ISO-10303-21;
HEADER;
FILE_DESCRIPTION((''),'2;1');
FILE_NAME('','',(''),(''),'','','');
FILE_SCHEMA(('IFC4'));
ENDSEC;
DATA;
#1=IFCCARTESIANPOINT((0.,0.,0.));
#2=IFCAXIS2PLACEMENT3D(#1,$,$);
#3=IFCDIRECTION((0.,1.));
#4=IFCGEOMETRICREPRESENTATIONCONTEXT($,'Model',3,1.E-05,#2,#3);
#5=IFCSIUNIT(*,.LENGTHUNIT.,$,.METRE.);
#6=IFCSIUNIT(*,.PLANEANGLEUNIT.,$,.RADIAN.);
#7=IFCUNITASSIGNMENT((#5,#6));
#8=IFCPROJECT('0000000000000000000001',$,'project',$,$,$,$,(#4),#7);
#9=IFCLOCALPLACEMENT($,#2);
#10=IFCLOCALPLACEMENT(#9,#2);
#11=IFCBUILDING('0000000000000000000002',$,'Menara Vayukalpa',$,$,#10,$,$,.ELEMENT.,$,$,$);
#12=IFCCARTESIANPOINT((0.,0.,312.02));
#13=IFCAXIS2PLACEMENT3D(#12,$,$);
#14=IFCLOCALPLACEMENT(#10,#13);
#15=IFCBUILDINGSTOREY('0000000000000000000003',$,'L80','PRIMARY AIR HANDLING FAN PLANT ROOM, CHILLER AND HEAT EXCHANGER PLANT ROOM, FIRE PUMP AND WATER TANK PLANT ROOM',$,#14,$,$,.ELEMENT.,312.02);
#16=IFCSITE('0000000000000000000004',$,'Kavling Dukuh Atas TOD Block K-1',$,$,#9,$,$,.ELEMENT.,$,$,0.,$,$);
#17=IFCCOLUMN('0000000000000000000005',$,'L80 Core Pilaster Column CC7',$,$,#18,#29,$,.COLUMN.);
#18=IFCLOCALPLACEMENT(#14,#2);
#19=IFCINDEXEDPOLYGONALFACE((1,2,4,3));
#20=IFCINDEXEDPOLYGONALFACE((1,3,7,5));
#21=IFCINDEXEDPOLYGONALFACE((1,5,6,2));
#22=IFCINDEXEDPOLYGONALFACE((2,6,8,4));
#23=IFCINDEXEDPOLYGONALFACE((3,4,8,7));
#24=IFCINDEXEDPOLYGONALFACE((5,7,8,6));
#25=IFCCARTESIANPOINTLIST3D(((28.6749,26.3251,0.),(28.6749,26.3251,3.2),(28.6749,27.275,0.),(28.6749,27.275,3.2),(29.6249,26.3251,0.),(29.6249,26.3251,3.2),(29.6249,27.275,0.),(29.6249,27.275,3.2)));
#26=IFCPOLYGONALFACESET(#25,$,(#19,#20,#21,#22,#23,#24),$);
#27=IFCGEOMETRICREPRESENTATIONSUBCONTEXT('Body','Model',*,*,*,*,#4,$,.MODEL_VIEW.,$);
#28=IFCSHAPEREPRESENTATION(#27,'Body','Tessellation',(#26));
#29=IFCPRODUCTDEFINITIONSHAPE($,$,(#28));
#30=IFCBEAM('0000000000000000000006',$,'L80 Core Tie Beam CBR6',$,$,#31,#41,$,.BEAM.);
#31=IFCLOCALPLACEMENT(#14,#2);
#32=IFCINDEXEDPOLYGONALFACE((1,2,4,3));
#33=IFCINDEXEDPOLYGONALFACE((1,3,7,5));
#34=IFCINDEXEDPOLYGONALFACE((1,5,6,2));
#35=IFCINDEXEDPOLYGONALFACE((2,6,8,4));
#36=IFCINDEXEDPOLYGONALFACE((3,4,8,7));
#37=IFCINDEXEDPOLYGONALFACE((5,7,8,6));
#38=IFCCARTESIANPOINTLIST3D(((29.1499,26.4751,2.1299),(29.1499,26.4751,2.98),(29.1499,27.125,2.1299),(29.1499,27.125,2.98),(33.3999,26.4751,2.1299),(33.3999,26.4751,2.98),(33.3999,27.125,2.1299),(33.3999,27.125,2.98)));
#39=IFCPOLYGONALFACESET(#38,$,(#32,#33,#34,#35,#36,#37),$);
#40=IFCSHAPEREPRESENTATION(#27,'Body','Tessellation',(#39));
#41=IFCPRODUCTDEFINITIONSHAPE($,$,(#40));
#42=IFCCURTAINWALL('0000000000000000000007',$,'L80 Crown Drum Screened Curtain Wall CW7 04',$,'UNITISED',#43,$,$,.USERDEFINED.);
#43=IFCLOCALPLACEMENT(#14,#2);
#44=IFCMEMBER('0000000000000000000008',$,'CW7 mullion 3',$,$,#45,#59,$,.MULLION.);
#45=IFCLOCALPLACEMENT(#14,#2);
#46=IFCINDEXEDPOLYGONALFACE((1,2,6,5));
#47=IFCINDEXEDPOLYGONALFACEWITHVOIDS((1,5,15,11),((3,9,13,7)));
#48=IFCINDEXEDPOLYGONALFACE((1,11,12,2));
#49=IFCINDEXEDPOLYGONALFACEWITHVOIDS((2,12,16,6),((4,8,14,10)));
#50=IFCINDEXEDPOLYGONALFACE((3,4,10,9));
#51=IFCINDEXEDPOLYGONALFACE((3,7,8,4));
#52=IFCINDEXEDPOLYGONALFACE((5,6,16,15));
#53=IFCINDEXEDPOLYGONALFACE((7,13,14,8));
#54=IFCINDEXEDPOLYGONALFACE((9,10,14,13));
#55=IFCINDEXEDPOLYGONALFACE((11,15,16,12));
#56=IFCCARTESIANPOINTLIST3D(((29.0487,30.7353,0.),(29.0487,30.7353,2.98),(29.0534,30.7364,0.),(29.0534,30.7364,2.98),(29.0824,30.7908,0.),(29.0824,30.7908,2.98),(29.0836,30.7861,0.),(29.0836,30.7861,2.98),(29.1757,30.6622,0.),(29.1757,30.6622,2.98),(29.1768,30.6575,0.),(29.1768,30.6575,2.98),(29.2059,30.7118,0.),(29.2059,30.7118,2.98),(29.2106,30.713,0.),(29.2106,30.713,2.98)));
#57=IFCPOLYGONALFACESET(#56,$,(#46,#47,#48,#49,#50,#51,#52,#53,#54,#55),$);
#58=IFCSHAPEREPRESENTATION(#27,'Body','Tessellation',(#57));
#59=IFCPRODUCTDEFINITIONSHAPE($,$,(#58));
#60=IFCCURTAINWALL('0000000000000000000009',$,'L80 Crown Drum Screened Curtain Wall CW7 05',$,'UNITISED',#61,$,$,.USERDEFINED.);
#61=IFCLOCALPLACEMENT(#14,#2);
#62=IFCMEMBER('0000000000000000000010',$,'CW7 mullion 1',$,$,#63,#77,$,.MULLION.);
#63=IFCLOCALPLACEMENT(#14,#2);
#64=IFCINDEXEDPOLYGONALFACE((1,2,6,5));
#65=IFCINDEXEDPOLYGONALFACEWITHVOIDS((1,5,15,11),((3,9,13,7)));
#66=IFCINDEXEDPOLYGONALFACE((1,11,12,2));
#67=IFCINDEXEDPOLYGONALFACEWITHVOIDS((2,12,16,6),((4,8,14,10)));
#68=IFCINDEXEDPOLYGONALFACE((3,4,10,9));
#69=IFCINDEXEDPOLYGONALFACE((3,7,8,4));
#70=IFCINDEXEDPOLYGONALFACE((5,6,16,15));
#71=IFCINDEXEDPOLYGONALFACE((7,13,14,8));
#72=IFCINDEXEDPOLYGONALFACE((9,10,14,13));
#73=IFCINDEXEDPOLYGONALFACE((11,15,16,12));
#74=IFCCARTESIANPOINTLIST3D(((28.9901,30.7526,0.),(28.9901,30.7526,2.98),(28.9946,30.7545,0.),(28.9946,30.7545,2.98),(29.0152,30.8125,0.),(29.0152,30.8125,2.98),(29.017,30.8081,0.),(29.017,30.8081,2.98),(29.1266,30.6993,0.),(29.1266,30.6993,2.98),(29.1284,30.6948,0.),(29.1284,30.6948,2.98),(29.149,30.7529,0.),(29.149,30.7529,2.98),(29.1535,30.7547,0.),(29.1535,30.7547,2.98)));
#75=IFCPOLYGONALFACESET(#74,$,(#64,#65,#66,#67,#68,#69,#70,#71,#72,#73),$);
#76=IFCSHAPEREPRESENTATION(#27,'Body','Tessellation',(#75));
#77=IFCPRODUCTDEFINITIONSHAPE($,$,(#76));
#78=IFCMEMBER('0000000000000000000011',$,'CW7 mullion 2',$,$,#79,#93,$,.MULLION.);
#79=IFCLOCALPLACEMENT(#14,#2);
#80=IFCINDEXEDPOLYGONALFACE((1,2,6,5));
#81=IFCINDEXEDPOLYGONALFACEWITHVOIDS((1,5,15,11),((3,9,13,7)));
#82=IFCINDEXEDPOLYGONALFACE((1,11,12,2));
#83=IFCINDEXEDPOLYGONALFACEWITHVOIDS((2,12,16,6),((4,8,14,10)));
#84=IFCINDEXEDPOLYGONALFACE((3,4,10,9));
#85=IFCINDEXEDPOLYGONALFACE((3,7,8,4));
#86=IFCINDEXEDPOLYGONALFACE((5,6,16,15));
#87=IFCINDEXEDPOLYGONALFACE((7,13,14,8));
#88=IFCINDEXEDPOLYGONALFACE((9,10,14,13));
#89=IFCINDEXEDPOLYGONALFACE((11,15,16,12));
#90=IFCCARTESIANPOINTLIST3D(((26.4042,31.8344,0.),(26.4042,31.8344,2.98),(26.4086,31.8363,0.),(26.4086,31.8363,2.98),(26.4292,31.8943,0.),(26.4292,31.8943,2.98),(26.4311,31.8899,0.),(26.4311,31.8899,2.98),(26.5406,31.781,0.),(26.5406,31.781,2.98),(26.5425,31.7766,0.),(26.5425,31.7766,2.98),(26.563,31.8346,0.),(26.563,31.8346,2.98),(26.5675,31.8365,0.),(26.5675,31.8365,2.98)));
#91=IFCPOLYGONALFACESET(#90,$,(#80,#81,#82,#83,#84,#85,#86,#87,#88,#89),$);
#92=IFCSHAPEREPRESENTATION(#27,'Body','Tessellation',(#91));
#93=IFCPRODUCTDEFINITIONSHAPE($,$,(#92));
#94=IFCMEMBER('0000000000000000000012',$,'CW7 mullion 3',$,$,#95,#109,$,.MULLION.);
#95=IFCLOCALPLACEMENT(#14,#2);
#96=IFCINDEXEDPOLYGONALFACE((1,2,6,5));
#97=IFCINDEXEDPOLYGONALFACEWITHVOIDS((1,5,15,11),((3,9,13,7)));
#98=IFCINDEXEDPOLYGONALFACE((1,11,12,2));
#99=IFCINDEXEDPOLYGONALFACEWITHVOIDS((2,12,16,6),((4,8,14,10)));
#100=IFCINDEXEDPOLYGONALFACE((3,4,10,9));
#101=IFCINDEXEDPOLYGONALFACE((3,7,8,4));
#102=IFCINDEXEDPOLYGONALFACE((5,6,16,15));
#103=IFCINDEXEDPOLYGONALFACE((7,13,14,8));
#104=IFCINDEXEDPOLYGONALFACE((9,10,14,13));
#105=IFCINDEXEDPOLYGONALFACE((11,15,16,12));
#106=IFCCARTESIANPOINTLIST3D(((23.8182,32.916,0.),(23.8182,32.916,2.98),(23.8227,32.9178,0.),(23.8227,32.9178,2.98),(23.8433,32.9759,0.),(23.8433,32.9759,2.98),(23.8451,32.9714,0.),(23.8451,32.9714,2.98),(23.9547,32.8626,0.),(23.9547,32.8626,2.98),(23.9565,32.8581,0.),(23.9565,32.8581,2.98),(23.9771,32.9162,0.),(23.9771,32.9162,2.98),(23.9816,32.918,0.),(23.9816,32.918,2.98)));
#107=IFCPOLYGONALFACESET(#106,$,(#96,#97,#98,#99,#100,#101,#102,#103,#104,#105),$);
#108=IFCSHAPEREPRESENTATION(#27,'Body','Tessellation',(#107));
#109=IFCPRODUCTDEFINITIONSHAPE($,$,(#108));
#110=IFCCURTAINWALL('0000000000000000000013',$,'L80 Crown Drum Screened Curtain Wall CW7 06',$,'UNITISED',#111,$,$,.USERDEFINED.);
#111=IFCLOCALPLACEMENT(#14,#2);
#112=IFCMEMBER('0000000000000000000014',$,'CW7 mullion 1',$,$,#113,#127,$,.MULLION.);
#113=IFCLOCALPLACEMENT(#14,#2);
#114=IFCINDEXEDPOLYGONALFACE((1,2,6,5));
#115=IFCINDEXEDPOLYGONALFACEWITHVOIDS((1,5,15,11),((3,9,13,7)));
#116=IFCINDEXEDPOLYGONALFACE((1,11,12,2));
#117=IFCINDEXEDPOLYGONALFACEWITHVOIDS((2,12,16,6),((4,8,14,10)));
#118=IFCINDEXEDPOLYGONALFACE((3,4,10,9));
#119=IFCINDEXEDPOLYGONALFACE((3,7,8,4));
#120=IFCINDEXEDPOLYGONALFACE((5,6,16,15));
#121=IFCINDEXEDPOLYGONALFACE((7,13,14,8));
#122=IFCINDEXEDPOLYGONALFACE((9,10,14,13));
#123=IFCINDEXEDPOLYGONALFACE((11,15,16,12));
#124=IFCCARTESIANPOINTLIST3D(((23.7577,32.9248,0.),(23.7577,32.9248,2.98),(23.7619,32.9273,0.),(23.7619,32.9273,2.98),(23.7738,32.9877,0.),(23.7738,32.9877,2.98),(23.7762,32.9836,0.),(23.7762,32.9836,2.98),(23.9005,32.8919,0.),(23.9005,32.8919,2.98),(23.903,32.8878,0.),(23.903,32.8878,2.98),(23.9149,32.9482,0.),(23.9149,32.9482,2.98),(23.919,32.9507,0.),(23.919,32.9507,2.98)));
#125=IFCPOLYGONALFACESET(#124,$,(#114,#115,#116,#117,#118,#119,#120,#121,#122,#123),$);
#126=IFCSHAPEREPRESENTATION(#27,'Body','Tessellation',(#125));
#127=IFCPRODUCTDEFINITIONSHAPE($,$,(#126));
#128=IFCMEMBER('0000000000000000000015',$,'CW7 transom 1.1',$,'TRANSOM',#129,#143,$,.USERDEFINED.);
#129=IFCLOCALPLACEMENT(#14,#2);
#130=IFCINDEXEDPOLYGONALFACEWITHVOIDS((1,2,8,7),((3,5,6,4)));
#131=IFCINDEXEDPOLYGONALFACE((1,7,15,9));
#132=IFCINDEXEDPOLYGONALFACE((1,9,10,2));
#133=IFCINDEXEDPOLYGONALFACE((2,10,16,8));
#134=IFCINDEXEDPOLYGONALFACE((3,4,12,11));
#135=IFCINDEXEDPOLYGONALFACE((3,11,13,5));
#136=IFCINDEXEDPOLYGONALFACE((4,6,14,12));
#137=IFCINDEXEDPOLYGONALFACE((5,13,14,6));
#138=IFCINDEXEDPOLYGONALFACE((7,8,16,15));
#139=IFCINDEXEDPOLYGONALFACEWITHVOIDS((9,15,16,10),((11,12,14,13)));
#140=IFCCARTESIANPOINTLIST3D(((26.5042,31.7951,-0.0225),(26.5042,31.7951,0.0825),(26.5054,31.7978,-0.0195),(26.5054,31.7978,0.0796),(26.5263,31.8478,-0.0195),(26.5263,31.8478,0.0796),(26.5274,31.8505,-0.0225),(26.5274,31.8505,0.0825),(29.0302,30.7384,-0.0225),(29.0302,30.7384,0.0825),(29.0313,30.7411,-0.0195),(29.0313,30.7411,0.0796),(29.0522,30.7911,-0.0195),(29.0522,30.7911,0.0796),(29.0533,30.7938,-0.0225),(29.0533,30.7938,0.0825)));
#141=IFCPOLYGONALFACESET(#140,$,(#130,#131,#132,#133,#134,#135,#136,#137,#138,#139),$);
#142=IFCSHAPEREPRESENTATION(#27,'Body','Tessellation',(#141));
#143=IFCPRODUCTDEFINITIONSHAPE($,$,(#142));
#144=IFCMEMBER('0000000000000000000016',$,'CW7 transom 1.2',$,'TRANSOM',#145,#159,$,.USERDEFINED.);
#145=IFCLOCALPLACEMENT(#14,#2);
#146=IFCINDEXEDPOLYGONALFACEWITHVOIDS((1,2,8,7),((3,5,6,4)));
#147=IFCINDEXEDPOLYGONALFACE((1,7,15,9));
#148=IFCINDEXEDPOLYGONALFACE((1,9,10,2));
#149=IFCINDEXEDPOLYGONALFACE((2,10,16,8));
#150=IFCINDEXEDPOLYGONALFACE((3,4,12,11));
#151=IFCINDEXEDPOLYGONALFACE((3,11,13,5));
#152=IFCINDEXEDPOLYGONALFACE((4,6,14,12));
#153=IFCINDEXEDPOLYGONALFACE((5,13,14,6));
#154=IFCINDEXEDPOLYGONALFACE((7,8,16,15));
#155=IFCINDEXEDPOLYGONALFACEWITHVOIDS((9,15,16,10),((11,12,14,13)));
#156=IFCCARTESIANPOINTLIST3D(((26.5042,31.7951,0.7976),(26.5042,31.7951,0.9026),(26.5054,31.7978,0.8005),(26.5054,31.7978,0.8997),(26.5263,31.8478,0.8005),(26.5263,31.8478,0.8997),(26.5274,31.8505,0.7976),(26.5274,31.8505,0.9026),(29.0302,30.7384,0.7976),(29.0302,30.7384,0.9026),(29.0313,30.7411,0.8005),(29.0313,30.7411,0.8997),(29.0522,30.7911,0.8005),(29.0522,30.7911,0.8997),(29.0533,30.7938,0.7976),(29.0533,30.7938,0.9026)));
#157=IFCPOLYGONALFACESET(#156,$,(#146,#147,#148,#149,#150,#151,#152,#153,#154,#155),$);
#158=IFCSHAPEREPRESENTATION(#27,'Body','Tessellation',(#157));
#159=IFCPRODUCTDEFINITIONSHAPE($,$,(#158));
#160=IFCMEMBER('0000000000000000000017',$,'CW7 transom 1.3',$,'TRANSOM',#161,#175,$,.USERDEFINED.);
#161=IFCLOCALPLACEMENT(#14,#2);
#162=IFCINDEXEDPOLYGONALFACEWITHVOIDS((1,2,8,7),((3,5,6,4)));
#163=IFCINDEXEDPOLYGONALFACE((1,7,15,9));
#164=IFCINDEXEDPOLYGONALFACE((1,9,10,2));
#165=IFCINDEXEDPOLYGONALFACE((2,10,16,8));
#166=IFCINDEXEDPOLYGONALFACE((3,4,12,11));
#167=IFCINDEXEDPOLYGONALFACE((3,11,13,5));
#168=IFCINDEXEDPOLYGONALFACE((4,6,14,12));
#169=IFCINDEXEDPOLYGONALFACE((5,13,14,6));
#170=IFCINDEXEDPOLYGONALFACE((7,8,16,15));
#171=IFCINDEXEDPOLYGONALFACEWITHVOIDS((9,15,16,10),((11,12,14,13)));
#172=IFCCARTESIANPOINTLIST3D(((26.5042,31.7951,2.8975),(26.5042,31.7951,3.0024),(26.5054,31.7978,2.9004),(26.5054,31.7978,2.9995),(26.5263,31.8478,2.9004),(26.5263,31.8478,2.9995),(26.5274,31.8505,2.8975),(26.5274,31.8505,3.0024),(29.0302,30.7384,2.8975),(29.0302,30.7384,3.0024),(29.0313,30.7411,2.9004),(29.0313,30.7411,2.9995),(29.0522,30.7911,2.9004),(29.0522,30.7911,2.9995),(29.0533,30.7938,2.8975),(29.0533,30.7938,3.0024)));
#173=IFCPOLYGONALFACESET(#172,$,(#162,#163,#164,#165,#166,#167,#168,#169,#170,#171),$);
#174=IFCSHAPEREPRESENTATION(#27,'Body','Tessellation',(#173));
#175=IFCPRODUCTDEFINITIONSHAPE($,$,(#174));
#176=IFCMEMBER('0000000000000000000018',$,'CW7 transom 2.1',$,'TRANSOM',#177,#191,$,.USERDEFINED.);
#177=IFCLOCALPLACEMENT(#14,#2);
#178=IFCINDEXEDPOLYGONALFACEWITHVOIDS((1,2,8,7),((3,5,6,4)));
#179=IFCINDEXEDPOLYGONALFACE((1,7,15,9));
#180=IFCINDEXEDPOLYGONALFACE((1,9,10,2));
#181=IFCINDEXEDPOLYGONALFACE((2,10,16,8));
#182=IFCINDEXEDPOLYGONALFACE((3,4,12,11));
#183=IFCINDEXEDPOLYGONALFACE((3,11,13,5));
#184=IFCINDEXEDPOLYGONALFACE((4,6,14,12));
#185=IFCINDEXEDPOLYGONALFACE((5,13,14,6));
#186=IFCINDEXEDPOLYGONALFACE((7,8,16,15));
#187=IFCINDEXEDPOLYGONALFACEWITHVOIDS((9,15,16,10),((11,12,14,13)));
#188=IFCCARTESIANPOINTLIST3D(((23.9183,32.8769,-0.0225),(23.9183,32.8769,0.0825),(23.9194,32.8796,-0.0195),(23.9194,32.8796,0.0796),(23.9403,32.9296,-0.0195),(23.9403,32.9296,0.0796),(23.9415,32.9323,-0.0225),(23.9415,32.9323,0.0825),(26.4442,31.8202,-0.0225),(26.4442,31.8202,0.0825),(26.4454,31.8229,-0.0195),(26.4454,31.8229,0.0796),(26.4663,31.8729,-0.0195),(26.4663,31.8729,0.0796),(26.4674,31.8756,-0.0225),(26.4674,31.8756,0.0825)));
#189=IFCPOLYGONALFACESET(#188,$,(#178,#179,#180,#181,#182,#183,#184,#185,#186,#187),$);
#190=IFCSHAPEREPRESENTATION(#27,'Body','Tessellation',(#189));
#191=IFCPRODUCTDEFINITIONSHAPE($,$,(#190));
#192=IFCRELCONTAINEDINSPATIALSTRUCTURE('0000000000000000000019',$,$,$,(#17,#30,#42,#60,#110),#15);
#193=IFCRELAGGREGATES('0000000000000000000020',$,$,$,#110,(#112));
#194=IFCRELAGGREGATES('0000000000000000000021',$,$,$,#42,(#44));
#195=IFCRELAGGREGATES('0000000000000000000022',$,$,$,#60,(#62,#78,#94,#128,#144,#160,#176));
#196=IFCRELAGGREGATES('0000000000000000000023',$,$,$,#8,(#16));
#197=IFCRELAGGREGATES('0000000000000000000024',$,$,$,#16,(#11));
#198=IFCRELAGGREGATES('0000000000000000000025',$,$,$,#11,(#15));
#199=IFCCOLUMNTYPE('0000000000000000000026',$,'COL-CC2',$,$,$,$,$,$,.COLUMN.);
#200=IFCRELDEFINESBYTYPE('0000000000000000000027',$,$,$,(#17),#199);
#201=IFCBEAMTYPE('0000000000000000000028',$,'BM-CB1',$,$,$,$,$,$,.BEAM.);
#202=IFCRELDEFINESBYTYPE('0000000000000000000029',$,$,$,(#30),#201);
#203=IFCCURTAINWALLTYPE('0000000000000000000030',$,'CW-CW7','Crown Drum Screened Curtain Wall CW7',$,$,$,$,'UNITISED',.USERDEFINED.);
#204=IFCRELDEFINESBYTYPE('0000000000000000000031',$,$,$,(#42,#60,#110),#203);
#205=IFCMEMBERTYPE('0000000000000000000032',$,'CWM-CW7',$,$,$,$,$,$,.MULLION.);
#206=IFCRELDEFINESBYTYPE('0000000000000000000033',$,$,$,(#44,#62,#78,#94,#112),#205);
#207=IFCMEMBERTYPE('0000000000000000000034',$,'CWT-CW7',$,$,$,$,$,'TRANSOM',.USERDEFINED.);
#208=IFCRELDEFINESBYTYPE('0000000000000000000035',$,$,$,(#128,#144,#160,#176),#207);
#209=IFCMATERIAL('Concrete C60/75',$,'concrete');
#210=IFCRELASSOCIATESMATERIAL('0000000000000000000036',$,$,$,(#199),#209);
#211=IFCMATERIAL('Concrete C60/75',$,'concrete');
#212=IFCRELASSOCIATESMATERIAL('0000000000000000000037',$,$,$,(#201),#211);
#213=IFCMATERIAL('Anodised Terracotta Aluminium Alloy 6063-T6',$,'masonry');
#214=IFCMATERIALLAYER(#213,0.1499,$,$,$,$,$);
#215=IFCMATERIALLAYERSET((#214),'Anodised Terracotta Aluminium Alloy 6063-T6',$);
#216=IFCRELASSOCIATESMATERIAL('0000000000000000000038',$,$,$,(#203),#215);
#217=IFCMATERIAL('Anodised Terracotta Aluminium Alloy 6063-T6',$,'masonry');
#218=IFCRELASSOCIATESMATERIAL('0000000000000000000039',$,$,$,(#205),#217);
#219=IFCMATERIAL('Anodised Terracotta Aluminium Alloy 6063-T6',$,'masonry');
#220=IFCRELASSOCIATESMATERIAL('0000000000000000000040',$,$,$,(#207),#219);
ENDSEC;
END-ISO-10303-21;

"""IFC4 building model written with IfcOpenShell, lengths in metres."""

from ifc_helpers import new_model, si_unit, direction, frame, origin, origin_2d, place, context, subcontext, project, spatial, rectangle, hollow_rectangle, extrude, material, layer, layer_set, material_profile, profile_set, type_object, element, aggregate, save


model = new_model("IFC4")

# Units and contexts
model_context = context("Model", 3, precision=1e-05, world=origin(), true_north=direction((0.0, 1.0)))
body_context = subcontext(model_context, "Body", "Model", "MODEL_VIEW")
ifc_project = project(units=[si_unit("LENGTHUNIT", "METRE"), si_unit("PLANEANGLEUNIT", "RADIAN")], contexts=[model_context])

# Site, building, storey
site_placement = place(None, origin())
site = spatial("IfcSite", under=ifc_project, at=site_placement, Name="Kavling Dukuh Atas TOD Block K-1", CompositionType="ELEMENT", RefElevation=0.0)
building_placement = place(site_placement, origin())
building = spatial("IfcBuilding", under=site, at=building_placement, Name="Menara Vayukalpa", CompositionType="ELEMENT")
storey_placement = place(building_placement, frame((0.0, 0.0, 312.02)))
storey = spatial("IfcBuildingStorey", under=building, at=storey_placement, Name="L80", Description="PRIMARY AIR HANDLING FAN PLANT ROOM, CHILLER AND HEAT EXCHANGER PLANT ROOM, FIRE PUMP AND WATER TANK PLANT ROOM", CompositionType="ELEMENT", Elevation=312.02)

# Column
ifc_material_1 = material(Name="Concrete C60/75", Category="concrete")
ifc_material_profile_1 = material_profile(ifc_material_1, rectangle(XDim=0.95, YDim=0.95, at=origin_2d()), Name="RC 950x950")
ifc_profile_set_1 = profile_set([ifc_material_profile_1], Name="Concrete C60/75")
column_type = type_object("IfcColumnType", Name="COL-CC2", PredefinedType="COLUMN", material=ifc_profile_set_1)
column_placement = place(storey_placement, frame((29.1499, 26.8, 0.0), z_axis=(0.0, 0.0, 1.0), x_axis=(1.0, 0.0, 0.0)))
element("IfcColumn", 1, at=column_placement, inside=storey, type_object=column_type, Name="L80 Core Pilaster Column CC7", PredefinedType="COLUMN", context=body_context, shape_type="SweptSolid", body=[
    extrude(rectangle(XDim=0.95, YDim=0.95, at=origin_2d()), origin(), (0.0, 0.0, 1.0), 3.2),
])

# Beam
ifc_material_2 = material(Name="Concrete C60/75", Category="concrete")
ifc_material_profile_2 = material_profile(ifc_material_2, rectangle(XDim=0.6499, YDim=0.8501, at=origin_2d()), Name="RC 650x850")
ifc_profile_set_2 = profile_set([ifc_material_profile_2], Name="Concrete C60/75")
beam_type = type_object("IfcBeamType", Name="BM-CB1", PredefinedType="BEAM", material=ifc_profile_set_2)
beam_placement = place(storey_placement, frame((29.1499, 26.8, 2.5549), z_axis=(1.0, 0.0, 0.0), x_axis=(0.0, 1.0, 0.0)))
element("IfcBeam", 2, at=beam_placement, inside=storey, type_object=beam_type, Name="L80 Core Tie Beam CBR6", PredefinedType="BEAM", context=body_context, shape_type="SweptSolid", body=[
    extrude(rectangle(XDim=0.6499, YDim=0.8501, at=origin_2d()), origin(), (0.0, 0.0, 1.0), 4.25),
])

# Curtain wall, member
ifc_material_3 = material(Name="Anodised Terracotta Aluminium Alloy 6063-T6", Category="masonry")
ifc_layer_1 = layer(ifc_material_3, 0.1499)
ifc_layer_set_1 = layer_set([ifc_layer_1], Name="Anodised Terracotta Aluminium Alloy 6063-T6")
curtain_wall_type = type_object("IfcCurtainWallType", Name="CW-CW7", Description="Crown Drum Screened Curtain Wall CW7", ElementType="UNITISED", PredefinedType="USERDEFINED", material=ifc_layer_set_1)
curtain_wall_1_placement = place(storey_placement, origin())
curtain_wall_1 = element("IfcCurtainWall", 3, at=curtain_wall_1_placement, inside=storey, type_object=curtain_wall_type, Name="L80 Crown Drum Screened Curtain Wall CW7 04", ObjectType="UNITISED", PredefinedType="USERDEFINED")
ifc_material_4 = material(Name="Anodised Terracotta Aluminium Alloy 6063-T6", Category="masonry")
ifc_material_profile_3 = material_profile(ifc_material_4, hollow_rectangle(XDim=0.0649, YDim=0.1499, WallThickness=0.0034, at=origin_2d()), Name="ALU 65x150x3.5")
ifc_profile_set_3 = profile_set([ifc_material_profile_3], Name="Anodised Terracotta Aluminium Alloy 6063-T6")
member_type_1 = type_object("IfcMemberType", Name="CWM-CW7", PredefinedType="MULLION", material=ifc_profile_set_3)
member_1_placement = place(storey_placement, frame((29.1296, 30.7241, 0.0), z_axis=(0.0, 0.0, 1.0), x_axis=(-0.519176, -0.854667, 0.0)))
member_1 = element("IfcMember", 4, at=member_1_placement, type_object=member_type_1, Name="CW7 mullion 3", PredefinedType="MULLION", context=body_context, shape_type="SweptSolid", body=[
    extrude(hollow_rectangle(XDim=0.0649, YDim=0.1499, WallThickness=0.0034, at=origin_2d()), origin(), (0.0, 0.0, 1.0), 2.98),
])

# Curtain wall, members
curtain_wall_2_placement = place(storey_placement, origin())
curtain_wall_2 = element("IfcCurtainWall", 5, at=curtain_wall_2_placement, inside=storey, type_object=curtain_wall_type, Name="L80 Crown Drum Screened Curtain Wall CW7 05", ObjectType="UNITISED", PredefinedType="USERDEFINED")
member_2_placement = place(storey_placement, frame((29.0718, 30.7537, 0.0), z_axis=(0.0, 0.0, 1.0), x_axis=(-0.385898, -0.922541, 0.0)))
member_2 = element("IfcMember", 6, at=member_2_placement, type_object=member_type_1, Name="CW7 mullion 1", PredefinedType="MULLION", context=body_context, shape_type="SweptSolid", body=[
    extrude(hollow_rectangle(XDim=0.0649, YDim=0.1499, WallThickness=0.0034, at=origin_2d()), origin(), (0.0, 0.0, 1.0), 2.98),
])
member_3_placement = place(storey_placement, frame((26.4858, 31.8354, 0.0), z_axis=(0.0, 0.0, 1.0), x_axis=(-0.385898, -0.922541, 0.0)))
member_3 = element("IfcMember", 7, at=member_3_placement, type_object=member_type_1, Name="CW7 mullion 2", PredefinedType="MULLION", context=body_context, shape_type="SweptSolid", body=[
    extrude(hollow_rectangle(XDim=0.0649, YDim=0.1499, WallThickness=0.0034, at=origin_2d()), origin(), (0.0, 0.0, 1.0), 2.98),
])
member_4_placement = place(storey_placement, frame((23.8999, 32.917, 0.0), z_axis=(0.0, 0.0, 1.0), x_axis=(-0.385898, -0.922541, 0.0)))
member_4 = element("IfcMember", 8, at=member_4_placement, type_object=member_type_1, Name="CW7 mullion 3", PredefinedType="MULLION", context=body_context, shape_type="SweptSolid", body=[
    extrude(hollow_rectangle(XDim=0.0649, YDim=0.1499, WallThickness=0.0034, at=origin_2d()), origin(), (0.0, 0.0, 1.0), 2.98),
])

# Curtain wall, member
curtain_wall_3_placement = place(storey_placement, origin())
curtain_wall_3 = element("IfcCurtainWall", 9, at=curtain_wall_3_placement, inside=storey, type_object=curtain_wall_type, Name="L80 Crown Drum Screened Curtain Wall CW7 06", ObjectType="UNITISED", PredefinedType="USERDEFINED")
member_5_placement = place(storey_placement, frame((23.8384, 32.9377, 0.0), z_axis=(0.0, 0.0, 1.0), x_axis=(-0.247124, -0.968984, 0.0)))
member_5 = element("IfcMember", 10, at=member_5_placement, type_object=member_type_1, Name="CW7 mullion 1", PredefinedType="MULLION", context=body_context, shape_type="SweptSolid", body=[
    extrude(hollow_rectangle(XDim=0.0649, YDim=0.1499, WallThickness=0.0034, at=origin_2d()), origin(), (0.0, 0.0, 1.0), 2.98),
])

# Members
ifc_material_5 = material(Name="Anodised Terracotta Aluminium Alloy 6063-T6", Category="masonry")
ifc_material_profile_4 = material_profile(ifc_material_5, hollow_rectangle(XDim=0.0601, YDim=0.105, WallThickness=0.0029, at=origin_2d()), Name="ALU 60x105x3")
ifc_profile_set_4 = profile_set([ifc_material_profile_4], Name="Anodised Terracotta Aluminium Alloy 6063-T6")
member_type_2 = type_object("IfcMemberType", Name="CWT-CW7", ElementType="TRANSOM", PredefinedType="USERDEFINED", material=ifc_profile_set_4)
member_6_placement = place(storey_placement, frame((29.0417, 30.7661, 0.03), z_axis=(-0.922533, 0.385919, 0.0), x_axis=(-0.385919, -0.922533, 0.0)))
member_6 = element("IfcMember", 11, at=member_6_placement, type_object=member_type_2, Name="CW7 transom 1.1", ObjectType="TRANSOM", PredefinedType="USERDEFINED", context=body_context, shape_type="SweptSolid", body=[
    extrude(hollow_rectangle(XDim=0.0601, YDim=0.105, WallThickness=0.0029, at=origin_2d()), origin(), (0.0, 0.0, 1.0), 2.738),
])
member_7_placement = place(storey_placement, frame((29.0417, 30.7661, 0.8501), z_axis=(-0.922533, 0.385919, 0.0), x_axis=(-0.385919, -0.922533, 0.0)))
member_7 = element("IfcMember", 12, at=member_7_placement, type_object=member_type_2, Name="CW7 transom 1.2", ObjectType="TRANSOM", PredefinedType="USERDEFINED", context=body_context, shape_type="SweptSolid", body=[
    extrude(hollow_rectangle(XDim=0.0601, YDim=0.105, WallThickness=0.0029, at=origin_2d()), origin(), (0.0, 0.0, 1.0), 2.738),
])
member_8_placement = place(storey_placement, frame((29.0417, 30.7661, 2.95), z_axis=(-0.922533, 0.385919, 0.0), x_axis=(-0.385919, -0.922533, 0.0)))
member_8 = element("IfcMember", 13, at=member_8_placement, type_object=member_type_2, Name="CW7 transom 1.3", ObjectType="TRANSOM", PredefinedType="USERDEFINED", context=body_context, shape_type="SweptSolid", body=[
    extrude(hollow_rectangle(XDim=0.0601, YDim=0.105, WallThickness=0.0029, at=origin_2d()), origin(), (0.0, 0.0, 1.0), 2.738),
])
member_9_placement = place(storey_placement, frame((26.4558, 31.8479, 0.03), z_axis=(-0.922533, 0.385919, 0.0), x_axis=(-0.385919, -0.922533, 0.0)))
member_9 = element("IfcMember", 14, at=member_9_placement, type_object=member_type_2, Name="CW7 transom 2.1", ObjectType="TRANSOM", PredefinedType="USERDEFINED", context=body_context, shape_type="SweptSolid", body=[
    extrude(hollow_rectangle(XDim=0.0601, YDim=0.105, WallThickness=0.0029, at=origin_2d()), origin(), (0.0, 0.0, 1.0), 2.738),
])
aggregate(curtain_wall_3, [member_5])

aggregate(curtain_wall_1, [member_1])
aggregate(curtain_wall_2, [member_2, member_3, member_4, member_6, member_7, member_8, member_9])

save(model, "model.ifc")
